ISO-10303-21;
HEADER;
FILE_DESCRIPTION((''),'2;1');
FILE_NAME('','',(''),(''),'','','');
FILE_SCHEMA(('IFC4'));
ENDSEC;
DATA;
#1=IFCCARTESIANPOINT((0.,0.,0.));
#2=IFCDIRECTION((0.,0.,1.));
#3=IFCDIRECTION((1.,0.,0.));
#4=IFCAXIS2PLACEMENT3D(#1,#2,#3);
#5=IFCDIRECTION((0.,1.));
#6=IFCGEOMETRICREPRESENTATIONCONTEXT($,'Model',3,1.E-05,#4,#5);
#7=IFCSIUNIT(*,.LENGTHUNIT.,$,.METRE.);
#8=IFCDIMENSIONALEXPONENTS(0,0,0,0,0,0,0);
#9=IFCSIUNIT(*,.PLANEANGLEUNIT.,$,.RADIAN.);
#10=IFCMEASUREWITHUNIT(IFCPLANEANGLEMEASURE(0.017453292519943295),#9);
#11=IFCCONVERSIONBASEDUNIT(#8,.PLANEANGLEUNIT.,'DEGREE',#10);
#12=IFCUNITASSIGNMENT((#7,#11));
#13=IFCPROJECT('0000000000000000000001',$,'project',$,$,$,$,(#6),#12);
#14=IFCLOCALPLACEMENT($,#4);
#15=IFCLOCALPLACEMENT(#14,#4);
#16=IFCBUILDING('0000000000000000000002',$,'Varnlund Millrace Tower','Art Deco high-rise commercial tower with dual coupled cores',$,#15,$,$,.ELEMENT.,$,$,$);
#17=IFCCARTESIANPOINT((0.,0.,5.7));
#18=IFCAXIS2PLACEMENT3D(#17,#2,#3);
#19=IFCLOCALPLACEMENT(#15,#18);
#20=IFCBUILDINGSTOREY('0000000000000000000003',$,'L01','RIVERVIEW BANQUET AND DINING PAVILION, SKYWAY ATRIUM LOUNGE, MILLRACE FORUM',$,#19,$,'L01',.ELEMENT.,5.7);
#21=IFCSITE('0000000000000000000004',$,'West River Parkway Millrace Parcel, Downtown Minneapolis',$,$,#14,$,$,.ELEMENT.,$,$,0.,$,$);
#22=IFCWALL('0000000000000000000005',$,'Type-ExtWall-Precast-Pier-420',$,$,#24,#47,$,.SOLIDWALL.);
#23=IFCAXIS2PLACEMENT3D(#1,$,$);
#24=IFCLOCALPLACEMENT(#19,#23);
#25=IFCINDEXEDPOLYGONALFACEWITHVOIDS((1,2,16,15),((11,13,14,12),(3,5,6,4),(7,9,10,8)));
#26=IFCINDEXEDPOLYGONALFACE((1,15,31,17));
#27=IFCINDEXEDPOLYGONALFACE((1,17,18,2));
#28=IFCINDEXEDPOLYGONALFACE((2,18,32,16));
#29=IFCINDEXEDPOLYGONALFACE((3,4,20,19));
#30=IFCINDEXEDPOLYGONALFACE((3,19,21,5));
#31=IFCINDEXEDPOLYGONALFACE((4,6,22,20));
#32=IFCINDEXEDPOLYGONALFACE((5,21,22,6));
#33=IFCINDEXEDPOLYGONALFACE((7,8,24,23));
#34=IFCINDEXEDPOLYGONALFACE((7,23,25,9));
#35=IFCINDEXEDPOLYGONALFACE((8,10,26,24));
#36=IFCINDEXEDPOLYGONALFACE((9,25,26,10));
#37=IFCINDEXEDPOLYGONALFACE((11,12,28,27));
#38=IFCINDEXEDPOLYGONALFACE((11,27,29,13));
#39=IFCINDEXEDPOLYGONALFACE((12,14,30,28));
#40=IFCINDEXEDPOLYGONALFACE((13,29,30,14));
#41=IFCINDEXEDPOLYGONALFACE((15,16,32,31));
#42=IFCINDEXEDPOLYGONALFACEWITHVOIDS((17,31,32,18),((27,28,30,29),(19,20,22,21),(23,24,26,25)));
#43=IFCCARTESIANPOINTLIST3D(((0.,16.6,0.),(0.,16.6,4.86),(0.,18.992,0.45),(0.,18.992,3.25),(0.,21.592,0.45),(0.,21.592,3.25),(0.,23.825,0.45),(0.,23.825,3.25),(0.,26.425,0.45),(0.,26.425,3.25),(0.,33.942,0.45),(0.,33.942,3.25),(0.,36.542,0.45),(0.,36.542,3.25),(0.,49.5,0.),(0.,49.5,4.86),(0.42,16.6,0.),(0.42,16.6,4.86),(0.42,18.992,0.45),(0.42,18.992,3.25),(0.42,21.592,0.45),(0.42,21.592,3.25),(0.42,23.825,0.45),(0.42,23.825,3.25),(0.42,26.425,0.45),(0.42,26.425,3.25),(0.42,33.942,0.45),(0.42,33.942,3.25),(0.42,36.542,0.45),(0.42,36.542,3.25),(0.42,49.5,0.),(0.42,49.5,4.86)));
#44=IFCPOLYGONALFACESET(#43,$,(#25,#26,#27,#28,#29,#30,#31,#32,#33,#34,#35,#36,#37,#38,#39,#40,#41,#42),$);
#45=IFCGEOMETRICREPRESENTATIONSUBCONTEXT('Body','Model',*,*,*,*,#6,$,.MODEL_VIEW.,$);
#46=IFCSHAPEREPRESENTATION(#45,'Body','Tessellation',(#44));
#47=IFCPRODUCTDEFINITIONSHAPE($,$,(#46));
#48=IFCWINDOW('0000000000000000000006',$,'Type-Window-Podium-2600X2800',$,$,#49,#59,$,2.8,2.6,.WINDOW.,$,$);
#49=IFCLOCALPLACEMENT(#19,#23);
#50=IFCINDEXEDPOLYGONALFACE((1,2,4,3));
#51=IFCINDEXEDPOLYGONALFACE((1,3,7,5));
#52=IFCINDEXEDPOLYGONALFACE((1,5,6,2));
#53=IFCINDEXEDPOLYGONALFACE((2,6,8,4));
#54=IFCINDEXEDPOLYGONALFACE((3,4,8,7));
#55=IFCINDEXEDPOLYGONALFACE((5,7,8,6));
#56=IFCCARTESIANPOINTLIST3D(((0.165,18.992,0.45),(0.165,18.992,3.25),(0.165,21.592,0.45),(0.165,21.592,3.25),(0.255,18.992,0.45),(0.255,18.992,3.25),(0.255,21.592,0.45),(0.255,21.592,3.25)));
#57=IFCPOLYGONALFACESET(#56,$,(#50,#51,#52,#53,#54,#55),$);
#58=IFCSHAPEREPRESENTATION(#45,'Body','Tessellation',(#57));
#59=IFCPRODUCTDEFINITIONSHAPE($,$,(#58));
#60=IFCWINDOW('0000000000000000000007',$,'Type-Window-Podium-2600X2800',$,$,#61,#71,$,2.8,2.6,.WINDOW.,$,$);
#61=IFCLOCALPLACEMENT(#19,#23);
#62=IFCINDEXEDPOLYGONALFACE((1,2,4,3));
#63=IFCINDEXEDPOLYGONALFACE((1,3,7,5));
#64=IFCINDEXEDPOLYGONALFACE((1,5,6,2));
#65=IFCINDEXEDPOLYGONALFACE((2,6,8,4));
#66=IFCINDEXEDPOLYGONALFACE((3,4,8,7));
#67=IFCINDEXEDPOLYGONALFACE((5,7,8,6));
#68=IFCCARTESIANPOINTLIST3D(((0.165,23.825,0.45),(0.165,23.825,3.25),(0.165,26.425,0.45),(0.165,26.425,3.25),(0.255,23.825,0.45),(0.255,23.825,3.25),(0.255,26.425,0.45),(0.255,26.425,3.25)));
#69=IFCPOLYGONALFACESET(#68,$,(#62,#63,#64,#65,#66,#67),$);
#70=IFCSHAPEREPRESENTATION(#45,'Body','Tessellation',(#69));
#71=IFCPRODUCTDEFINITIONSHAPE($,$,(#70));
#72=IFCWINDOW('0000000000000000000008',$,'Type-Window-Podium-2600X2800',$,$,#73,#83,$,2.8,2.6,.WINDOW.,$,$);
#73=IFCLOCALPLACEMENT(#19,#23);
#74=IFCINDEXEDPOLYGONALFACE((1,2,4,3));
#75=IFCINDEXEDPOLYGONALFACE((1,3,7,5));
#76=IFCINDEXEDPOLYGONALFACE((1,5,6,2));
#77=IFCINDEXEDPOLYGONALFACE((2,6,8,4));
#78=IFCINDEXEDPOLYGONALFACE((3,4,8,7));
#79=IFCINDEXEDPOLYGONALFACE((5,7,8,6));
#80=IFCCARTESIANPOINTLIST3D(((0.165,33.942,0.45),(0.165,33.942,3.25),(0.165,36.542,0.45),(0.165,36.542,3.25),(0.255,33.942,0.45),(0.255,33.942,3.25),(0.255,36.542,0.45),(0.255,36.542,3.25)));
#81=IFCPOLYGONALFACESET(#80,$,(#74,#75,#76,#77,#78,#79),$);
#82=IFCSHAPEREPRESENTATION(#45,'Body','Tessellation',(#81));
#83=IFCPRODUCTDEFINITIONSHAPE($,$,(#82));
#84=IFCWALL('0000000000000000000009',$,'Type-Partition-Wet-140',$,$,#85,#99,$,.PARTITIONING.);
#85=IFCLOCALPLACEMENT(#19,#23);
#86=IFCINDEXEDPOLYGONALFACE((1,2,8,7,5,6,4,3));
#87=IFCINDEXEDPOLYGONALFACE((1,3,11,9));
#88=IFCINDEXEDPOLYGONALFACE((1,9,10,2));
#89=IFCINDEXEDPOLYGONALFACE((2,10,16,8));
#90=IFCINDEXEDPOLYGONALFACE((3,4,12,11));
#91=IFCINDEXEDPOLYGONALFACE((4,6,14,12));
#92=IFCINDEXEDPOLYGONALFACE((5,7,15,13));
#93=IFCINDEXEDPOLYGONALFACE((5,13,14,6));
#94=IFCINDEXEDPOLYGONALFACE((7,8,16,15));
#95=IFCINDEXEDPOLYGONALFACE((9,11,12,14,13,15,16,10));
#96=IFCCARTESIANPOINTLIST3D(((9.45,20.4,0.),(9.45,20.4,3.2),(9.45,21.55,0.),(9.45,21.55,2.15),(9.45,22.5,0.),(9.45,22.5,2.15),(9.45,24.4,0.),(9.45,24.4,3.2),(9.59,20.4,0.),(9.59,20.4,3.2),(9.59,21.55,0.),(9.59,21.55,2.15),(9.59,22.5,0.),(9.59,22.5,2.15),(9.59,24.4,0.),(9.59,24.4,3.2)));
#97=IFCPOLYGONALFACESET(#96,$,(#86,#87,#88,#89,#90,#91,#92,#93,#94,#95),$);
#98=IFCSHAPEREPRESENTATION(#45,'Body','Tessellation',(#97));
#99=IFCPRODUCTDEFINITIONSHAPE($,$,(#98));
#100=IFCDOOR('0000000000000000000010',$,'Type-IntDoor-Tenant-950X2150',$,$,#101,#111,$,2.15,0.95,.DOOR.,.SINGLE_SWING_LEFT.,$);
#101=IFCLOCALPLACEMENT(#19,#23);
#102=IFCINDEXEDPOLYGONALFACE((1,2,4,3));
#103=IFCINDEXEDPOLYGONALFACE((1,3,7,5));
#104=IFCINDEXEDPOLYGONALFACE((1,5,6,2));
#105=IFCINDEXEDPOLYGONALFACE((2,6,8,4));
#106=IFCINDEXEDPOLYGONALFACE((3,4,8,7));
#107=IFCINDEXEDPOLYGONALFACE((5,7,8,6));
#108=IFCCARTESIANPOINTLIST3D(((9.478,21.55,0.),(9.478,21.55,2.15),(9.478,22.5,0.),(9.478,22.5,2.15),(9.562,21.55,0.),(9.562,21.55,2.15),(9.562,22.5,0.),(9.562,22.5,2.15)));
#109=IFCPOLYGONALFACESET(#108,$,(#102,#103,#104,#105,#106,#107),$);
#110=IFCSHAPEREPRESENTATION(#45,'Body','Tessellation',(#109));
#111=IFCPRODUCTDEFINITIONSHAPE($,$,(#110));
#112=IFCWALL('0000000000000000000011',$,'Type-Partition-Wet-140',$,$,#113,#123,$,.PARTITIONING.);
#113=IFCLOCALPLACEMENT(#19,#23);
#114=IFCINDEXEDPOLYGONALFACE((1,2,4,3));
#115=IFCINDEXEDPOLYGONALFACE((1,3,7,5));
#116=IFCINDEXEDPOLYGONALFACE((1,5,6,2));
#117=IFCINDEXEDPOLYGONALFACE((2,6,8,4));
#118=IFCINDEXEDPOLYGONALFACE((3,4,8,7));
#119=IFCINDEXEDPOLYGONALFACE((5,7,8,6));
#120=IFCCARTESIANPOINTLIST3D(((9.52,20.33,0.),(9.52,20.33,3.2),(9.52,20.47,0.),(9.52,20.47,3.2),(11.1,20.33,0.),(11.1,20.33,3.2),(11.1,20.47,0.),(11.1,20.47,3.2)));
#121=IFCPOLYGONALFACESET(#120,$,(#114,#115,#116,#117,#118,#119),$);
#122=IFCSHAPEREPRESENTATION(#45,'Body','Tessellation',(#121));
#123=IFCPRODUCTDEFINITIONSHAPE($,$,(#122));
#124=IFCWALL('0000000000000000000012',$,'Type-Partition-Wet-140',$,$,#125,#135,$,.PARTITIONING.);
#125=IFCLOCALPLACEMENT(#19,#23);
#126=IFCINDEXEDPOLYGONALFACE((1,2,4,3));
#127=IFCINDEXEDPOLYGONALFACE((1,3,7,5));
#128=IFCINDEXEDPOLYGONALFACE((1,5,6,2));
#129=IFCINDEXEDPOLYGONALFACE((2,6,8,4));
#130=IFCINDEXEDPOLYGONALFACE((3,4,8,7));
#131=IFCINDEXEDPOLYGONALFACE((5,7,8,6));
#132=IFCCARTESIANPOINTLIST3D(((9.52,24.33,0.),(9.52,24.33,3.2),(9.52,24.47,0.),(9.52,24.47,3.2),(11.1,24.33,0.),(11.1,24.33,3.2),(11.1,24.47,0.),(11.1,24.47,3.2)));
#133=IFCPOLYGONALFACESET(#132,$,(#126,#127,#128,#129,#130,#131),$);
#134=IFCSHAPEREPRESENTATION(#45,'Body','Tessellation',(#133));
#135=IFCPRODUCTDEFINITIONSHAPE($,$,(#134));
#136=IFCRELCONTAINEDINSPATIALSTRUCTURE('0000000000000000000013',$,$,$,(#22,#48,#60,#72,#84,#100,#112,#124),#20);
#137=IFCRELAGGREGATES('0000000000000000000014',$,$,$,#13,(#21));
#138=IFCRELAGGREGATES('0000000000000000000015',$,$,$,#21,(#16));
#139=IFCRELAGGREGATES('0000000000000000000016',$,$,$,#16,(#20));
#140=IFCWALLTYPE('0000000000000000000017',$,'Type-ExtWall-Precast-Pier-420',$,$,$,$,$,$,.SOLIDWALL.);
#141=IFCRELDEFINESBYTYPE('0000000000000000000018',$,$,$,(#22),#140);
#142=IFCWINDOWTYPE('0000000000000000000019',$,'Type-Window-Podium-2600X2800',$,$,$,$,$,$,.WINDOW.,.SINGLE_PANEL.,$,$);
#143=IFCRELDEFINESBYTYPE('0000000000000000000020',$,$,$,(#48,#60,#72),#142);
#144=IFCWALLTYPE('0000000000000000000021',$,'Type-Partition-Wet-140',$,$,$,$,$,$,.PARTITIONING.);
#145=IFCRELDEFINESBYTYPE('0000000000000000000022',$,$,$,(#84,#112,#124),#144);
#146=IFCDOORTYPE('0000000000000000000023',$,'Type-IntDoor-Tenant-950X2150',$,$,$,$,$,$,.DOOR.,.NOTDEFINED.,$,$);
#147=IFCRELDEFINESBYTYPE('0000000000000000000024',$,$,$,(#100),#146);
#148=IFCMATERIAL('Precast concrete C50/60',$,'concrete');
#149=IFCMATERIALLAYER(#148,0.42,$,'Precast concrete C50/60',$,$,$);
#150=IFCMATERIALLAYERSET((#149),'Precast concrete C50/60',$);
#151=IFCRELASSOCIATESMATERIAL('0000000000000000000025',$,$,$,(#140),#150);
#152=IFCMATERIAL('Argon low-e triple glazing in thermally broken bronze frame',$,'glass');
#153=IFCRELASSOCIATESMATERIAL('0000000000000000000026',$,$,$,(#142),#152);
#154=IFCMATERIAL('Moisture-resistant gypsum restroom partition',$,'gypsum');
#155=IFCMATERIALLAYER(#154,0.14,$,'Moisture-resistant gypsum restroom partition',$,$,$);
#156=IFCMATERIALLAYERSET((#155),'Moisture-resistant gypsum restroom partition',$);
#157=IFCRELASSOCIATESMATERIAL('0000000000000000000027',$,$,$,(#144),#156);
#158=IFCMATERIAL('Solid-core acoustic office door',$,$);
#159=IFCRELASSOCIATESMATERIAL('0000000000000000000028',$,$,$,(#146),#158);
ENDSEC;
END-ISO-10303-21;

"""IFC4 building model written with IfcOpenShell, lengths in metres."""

from ifc_helpers import new_model, entity, si_unit, converted_unit, direction, frame, origin_with_axes, origin_2d_with_axis, place, context, subcontext, project, spatial, polyline, rectangle, outline, extrude, material, layer, layer_set, type_object, element, fill, save


model = new_model("IFC4")

# Units and contexts
model_context = context("Model", 3, precision=1e-05, world=origin_with_axes(), true_north=direction((0.0, 1.0)))
body_context = subcontext(model_context, "Body", "Model", "MODEL_VIEW")
ifc_project = project(units=[si_unit("LENGTHUNIT", "METRE"), converted_unit("PLANEANGLEUNIT", "DEGREE", entity("IfcPlaneAngleMeasure", 0.017453292519943295), si_unit("PLANEANGLEUNIT", "RADIAN"), dimensions=[0, 0, 0, 0, 0, 0, 0])], contexts=[model_context])

# Site, building, storey
site_placement = place(None, origin_with_axes())
site = spatial("IfcSite", under=ifc_project, at=site_placement, Name="West River Parkway Millrace Parcel, Downtown Minneapolis", CompositionType="ELEMENT", RefElevation=0.0)
building_placement = place(site_placement, origin_with_axes())
building = spatial("IfcBuilding", under=site, at=building_placement, Name="Varnlund Millrace Tower", Description="Art Deco high-rise commercial tower with dual coupled cores", CompositionType="ELEMENT")
storey_placement = place(building_placement, frame((0.0, 0.0, 5.7), z_axis=(0.0, 0.0, 1.0), x_axis=(1.0, 0.0, 0.0)))
storey = spatial("IfcBuildingStorey", under=building, at=storey_placement, Name="L01", Description="RIVERVIEW BANQUET AND DINING PAVILION, SKYWAY ATRIUM LOUNGE, MILLRACE FORUM", LongName="L01", CompositionType="ELEMENT", Elevation=5.7)

# Wall, openings, windows
ifc_material_1 = material(Name="Precast concrete C50/60", Category="concrete")
ifc_layer_1 = layer(ifc_material_1, 0.42, Name="Precast concrete C50/60")
ifc_layer_set_1 = layer_set([ifc_layer_1], Name="Precast concrete C50/60")
wall_type_1 = type_object("IfcWallType", Name="Type-ExtWall-Precast-Pier-420", PredefinedType="SOLIDWALL", material=ifc_layer_set_1)
wall_1_placement = place(storey_placement, frame((0.21, 16.6, 0.0), z_axis=(0.0, 0.0, 1.0), x_axis=(0.0, 1.0, 0.0)))
wall_1 = element("IfcWall", 1, at=wall_1_placement, inside=storey, type_object=wall_type_1, Name="Type-ExtWall-Precast-Pier-420", PredefinedType="SOLIDWALL", context=body_context, shape_type="SweptSolid", body=[
    extrude(outline(polyline([(0.0, -0.21), (32.9, -0.21), (32.9, 0.21), (0.0, 0.21), (0.0, -0.21)])), origin_with_axes(), (0.0, 0.0, 1.0), 4.86),
])
opening_1_placement = place(wall_1_placement, frame((3.692, 0.0, 0.45), z_axis=(0.0, 0.0, 1.0), x_axis=(1.0, 0.0, 0.0)))
opening_1 = element("IfcOpeningElement", 2, at=opening_1_placement, cuts=wall_1, PredefinedType="OPENING", context=body_context, shape_type="SweptSolid", body=[
    extrude(rectangle(XDim=2.6, YDim=0.44, at=origin_2d_with_axis()), origin_with_axes(), (0.0, 0.0, 1.0), 2.8),
])
opening_2_placement = place(wall_1_placement, frame((8.525, 0.0, 0.45), z_axis=(0.0, 0.0, 1.0), x_axis=(1.0, 0.0, 0.0)))
opening_2 = element("IfcOpeningElement", 3, at=opening_2_placement, cuts=wall_1, PredefinedType="OPENING", context=body_context, shape_type="SweptSolid", body=[
    extrude(rectangle(XDim=2.6, YDim=0.44, at=origin_2d_with_axis()), origin_with_axes(), (0.0, 0.0, 1.0), 2.8),
])
opening_3_placement = place(wall_1_placement, frame((18.642, 0.0, 0.45), z_axis=(0.0, 0.0, 1.0), x_axis=(1.0, 0.0, 0.0)))
opening_3 = element("IfcOpeningElement", 4, at=opening_3_placement, cuts=wall_1, PredefinedType="OPENING", context=body_context, shape_type="SweptSolid", body=[
    extrude(rectangle(XDim=2.6, YDim=0.44, at=origin_2d_with_axis()), origin_with_axes(), (0.0, 0.0, 1.0), 2.8),
])
ifc_material_2 = material(Name="Argon low-e triple glazing in thermally broken bronze frame", Category="glass")
window_type = type_object("IfcWindowType", Name="Type-Window-Podium-2600X2800", PartitioningType="SINGLE_PANEL", PredefinedType="WINDOW", material=ifc_material_2)
window_1_placement = place(wall_1_placement, frame((3.692, 0.0, 0.45), z_axis=(0.0, 0.0, 1.0), x_axis=(1.0, 0.0, 0.0)))
window_1 = element("IfcWindow", 5, at=window_1_placement, inside=storey, type_object=window_type, Name="Type-Window-Podium-2600X2800", OverallHeight=2.8, OverallWidth=2.6, PredefinedType="WINDOW", context=body_context, shape_type="SweptSolid", body=[
    extrude(rectangle(XDim=2.6, YDim=0.09, at=origin_2d_with_axis()), origin_with_axes(), (0.0, 0.0, 1.0), 2.8),
])
fill(opening_1, window_1)
window_2_placement = place(wall_1_placement, frame((8.525, 0.0, 0.45), z_axis=(0.0, 0.0, 1.0), x_axis=(1.0, 0.0, 0.0)))
window_2 = element("IfcWindow", 6, at=window_2_placement, inside=storey, type_object=window_type, Name="Type-Window-Podium-2600X2800", OverallHeight=2.8, OverallWidth=2.6, PredefinedType="WINDOW", context=body_context, shape_type="SweptSolid", body=[
    extrude(rectangle(XDim=2.6, YDim=0.09, at=origin_2d_with_axis()), origin_with_axes(), (0.0, 0.0, 1.0), 2.8),
])
fill(opening_2, window_2)
window_3_placement = place(wall_1_placement, frame((18.642, 0.0, 0.45), z_axis=(0.0, 0.0, 1.0), x_axis=(1.0, 0.0, 0.0)))
window_3 = element("IfcWindow", 7, at=window_3_placement, inside=storey, type_object=window_type, Name="Type-Window-Podium-2600X2800", OverallHeight=2.8, OverallWidth=2.6, PredefinedType="WINDOW", context=body_context, shape_type="SweptSolid", body=[
    extrude(rectangle(XDim=2.6, YDim=0.09, at=origin_2d_with_axis()), origin_with_axes(), (0.0, 0.0, 1.0), 2.8),
])
fill(opening_3, window_3)

# Wall, opening, door
ifc_material_3 = material(Name="Moisture-resistant gypsum restroom partition", Category="gypsum")
ifc_layer_2 = layer(ifc_material_3, 0.14, Name="Moisture-resistant gypsum restroom partition")
ifc_layer_set_2 = layer_set([ifc_layer_2], Name="Moisture-resistant gypsum restroom partition")
wall_type_2 = type_object("IfcWallType", Name="Type-Partition-Wet-140", PredefinedType="PARTITIONING", material=ifc_layer_set_2)
wall_2_placement = place(storey_placement, frame((9.52, 20.4, 0.0), z_axis=(0.0, 0.0, 1.0), x_axis=(0.0, 1.0, 0.0)))
wall_2 = element("IfcWall", 8, at=wall_2_placement, inside=storey, type_object=wall_type_2, Name="Type-Partition-Wet-140", PredefinedType="PARTITIONING", context=body_context, shape_type="SweptSolid", body=[
    extrude(outline(polyline([(0.0, -0.07), (4.0, -0.07), (4.0, 0.07), (0.0, 0.07), (0.0, -0.07)])), origin_with_axes(), (0.0, 0.0, 1.0), 3.2),
])
opening_4_placement = place(wall_2_placement, frame((1.625, 0.0, 0.0), z_axis=(0.0, 0.0, 1.0), x_axis=(1.0, 0.0, 0.0)))
opening_4 = element("IfcOpeningElement", 9, at=opening_4_placement, cuts=wall_2, PredefinedType="OPENING", context=body_context, shape_type="SweptSolid", body=[
    extrude(rectangle(XDim=0.95, YDim=0.16, at=origin_2d_with_axis()), origin_with_axes(), (0.0, 0.0, 1.0), 2.15),
])
ifc_material_4 = material(Name="Solid-core acoustic office door")
door_type = type_object("IfcDoorType", Name="Type-IntDoor-Tenant-950X2150", OperationType="NOTDEFINED", PredefinedType="DOOR", material=ifc_material_4)
door_placement = place(wall_2_placement, frame((1.625, 0.0, 0.0), z_axis=(0.0, 0.0, 1.0), x_axis=(1.0, 0.0, 0.0)))
door = element("IfcDoor", 10, at=door_placement, inside=storey, type_object=door_type, Name="Type-IntDoor-Tenant-950X2150", OperationType="SINGLE_SWING_LEFT", OverallHeight=2.15, OverallWidth=0.95, PredefinedType="DOOR", context=body_context, shape_type="SweptSolid", body=[
    extrude(rectangle(XDim=0.95, YDim=0.084, at=origin_2d_with_axis()), origin_with_axes(), (0.0, 0.0, 1.0), 2.15),
])
fill(opening_4, door)

# Walls
for number, where, z_axis, x_axis, name in (
    (11, (9.52, 20.4, 0.0), (0.0, 0.0, 1.0), (1.0, 0.0, 0.0), "Type-Partition-Wet-140"),
    (12, (9.52, 24.4, 0.0), (0.0, 0.0, 1.0), (1.0, 0.0, 0.0), "Type-Partition-Wet-140"),
):
    element("IfcWall", number, at=place(storey_placement, frame(where, z_axis=z_axis, x_axis=x_axis)), inside=storey, type_object=wall_type_2, Name=name, PredefinedType="PARTITIONING", context=body_context, shape_type="SweptSolid", body=[
        extrude(outline(polyline([(0.0, -0.07), (1.58, -0.07), (1.58, 0.07), (0.0, 0.07), (0.0, -0.07)])), origin_with_axes(), (0.0, 0.0, 1.0), 3.2),
    ])

save(model, "model.ifc")
